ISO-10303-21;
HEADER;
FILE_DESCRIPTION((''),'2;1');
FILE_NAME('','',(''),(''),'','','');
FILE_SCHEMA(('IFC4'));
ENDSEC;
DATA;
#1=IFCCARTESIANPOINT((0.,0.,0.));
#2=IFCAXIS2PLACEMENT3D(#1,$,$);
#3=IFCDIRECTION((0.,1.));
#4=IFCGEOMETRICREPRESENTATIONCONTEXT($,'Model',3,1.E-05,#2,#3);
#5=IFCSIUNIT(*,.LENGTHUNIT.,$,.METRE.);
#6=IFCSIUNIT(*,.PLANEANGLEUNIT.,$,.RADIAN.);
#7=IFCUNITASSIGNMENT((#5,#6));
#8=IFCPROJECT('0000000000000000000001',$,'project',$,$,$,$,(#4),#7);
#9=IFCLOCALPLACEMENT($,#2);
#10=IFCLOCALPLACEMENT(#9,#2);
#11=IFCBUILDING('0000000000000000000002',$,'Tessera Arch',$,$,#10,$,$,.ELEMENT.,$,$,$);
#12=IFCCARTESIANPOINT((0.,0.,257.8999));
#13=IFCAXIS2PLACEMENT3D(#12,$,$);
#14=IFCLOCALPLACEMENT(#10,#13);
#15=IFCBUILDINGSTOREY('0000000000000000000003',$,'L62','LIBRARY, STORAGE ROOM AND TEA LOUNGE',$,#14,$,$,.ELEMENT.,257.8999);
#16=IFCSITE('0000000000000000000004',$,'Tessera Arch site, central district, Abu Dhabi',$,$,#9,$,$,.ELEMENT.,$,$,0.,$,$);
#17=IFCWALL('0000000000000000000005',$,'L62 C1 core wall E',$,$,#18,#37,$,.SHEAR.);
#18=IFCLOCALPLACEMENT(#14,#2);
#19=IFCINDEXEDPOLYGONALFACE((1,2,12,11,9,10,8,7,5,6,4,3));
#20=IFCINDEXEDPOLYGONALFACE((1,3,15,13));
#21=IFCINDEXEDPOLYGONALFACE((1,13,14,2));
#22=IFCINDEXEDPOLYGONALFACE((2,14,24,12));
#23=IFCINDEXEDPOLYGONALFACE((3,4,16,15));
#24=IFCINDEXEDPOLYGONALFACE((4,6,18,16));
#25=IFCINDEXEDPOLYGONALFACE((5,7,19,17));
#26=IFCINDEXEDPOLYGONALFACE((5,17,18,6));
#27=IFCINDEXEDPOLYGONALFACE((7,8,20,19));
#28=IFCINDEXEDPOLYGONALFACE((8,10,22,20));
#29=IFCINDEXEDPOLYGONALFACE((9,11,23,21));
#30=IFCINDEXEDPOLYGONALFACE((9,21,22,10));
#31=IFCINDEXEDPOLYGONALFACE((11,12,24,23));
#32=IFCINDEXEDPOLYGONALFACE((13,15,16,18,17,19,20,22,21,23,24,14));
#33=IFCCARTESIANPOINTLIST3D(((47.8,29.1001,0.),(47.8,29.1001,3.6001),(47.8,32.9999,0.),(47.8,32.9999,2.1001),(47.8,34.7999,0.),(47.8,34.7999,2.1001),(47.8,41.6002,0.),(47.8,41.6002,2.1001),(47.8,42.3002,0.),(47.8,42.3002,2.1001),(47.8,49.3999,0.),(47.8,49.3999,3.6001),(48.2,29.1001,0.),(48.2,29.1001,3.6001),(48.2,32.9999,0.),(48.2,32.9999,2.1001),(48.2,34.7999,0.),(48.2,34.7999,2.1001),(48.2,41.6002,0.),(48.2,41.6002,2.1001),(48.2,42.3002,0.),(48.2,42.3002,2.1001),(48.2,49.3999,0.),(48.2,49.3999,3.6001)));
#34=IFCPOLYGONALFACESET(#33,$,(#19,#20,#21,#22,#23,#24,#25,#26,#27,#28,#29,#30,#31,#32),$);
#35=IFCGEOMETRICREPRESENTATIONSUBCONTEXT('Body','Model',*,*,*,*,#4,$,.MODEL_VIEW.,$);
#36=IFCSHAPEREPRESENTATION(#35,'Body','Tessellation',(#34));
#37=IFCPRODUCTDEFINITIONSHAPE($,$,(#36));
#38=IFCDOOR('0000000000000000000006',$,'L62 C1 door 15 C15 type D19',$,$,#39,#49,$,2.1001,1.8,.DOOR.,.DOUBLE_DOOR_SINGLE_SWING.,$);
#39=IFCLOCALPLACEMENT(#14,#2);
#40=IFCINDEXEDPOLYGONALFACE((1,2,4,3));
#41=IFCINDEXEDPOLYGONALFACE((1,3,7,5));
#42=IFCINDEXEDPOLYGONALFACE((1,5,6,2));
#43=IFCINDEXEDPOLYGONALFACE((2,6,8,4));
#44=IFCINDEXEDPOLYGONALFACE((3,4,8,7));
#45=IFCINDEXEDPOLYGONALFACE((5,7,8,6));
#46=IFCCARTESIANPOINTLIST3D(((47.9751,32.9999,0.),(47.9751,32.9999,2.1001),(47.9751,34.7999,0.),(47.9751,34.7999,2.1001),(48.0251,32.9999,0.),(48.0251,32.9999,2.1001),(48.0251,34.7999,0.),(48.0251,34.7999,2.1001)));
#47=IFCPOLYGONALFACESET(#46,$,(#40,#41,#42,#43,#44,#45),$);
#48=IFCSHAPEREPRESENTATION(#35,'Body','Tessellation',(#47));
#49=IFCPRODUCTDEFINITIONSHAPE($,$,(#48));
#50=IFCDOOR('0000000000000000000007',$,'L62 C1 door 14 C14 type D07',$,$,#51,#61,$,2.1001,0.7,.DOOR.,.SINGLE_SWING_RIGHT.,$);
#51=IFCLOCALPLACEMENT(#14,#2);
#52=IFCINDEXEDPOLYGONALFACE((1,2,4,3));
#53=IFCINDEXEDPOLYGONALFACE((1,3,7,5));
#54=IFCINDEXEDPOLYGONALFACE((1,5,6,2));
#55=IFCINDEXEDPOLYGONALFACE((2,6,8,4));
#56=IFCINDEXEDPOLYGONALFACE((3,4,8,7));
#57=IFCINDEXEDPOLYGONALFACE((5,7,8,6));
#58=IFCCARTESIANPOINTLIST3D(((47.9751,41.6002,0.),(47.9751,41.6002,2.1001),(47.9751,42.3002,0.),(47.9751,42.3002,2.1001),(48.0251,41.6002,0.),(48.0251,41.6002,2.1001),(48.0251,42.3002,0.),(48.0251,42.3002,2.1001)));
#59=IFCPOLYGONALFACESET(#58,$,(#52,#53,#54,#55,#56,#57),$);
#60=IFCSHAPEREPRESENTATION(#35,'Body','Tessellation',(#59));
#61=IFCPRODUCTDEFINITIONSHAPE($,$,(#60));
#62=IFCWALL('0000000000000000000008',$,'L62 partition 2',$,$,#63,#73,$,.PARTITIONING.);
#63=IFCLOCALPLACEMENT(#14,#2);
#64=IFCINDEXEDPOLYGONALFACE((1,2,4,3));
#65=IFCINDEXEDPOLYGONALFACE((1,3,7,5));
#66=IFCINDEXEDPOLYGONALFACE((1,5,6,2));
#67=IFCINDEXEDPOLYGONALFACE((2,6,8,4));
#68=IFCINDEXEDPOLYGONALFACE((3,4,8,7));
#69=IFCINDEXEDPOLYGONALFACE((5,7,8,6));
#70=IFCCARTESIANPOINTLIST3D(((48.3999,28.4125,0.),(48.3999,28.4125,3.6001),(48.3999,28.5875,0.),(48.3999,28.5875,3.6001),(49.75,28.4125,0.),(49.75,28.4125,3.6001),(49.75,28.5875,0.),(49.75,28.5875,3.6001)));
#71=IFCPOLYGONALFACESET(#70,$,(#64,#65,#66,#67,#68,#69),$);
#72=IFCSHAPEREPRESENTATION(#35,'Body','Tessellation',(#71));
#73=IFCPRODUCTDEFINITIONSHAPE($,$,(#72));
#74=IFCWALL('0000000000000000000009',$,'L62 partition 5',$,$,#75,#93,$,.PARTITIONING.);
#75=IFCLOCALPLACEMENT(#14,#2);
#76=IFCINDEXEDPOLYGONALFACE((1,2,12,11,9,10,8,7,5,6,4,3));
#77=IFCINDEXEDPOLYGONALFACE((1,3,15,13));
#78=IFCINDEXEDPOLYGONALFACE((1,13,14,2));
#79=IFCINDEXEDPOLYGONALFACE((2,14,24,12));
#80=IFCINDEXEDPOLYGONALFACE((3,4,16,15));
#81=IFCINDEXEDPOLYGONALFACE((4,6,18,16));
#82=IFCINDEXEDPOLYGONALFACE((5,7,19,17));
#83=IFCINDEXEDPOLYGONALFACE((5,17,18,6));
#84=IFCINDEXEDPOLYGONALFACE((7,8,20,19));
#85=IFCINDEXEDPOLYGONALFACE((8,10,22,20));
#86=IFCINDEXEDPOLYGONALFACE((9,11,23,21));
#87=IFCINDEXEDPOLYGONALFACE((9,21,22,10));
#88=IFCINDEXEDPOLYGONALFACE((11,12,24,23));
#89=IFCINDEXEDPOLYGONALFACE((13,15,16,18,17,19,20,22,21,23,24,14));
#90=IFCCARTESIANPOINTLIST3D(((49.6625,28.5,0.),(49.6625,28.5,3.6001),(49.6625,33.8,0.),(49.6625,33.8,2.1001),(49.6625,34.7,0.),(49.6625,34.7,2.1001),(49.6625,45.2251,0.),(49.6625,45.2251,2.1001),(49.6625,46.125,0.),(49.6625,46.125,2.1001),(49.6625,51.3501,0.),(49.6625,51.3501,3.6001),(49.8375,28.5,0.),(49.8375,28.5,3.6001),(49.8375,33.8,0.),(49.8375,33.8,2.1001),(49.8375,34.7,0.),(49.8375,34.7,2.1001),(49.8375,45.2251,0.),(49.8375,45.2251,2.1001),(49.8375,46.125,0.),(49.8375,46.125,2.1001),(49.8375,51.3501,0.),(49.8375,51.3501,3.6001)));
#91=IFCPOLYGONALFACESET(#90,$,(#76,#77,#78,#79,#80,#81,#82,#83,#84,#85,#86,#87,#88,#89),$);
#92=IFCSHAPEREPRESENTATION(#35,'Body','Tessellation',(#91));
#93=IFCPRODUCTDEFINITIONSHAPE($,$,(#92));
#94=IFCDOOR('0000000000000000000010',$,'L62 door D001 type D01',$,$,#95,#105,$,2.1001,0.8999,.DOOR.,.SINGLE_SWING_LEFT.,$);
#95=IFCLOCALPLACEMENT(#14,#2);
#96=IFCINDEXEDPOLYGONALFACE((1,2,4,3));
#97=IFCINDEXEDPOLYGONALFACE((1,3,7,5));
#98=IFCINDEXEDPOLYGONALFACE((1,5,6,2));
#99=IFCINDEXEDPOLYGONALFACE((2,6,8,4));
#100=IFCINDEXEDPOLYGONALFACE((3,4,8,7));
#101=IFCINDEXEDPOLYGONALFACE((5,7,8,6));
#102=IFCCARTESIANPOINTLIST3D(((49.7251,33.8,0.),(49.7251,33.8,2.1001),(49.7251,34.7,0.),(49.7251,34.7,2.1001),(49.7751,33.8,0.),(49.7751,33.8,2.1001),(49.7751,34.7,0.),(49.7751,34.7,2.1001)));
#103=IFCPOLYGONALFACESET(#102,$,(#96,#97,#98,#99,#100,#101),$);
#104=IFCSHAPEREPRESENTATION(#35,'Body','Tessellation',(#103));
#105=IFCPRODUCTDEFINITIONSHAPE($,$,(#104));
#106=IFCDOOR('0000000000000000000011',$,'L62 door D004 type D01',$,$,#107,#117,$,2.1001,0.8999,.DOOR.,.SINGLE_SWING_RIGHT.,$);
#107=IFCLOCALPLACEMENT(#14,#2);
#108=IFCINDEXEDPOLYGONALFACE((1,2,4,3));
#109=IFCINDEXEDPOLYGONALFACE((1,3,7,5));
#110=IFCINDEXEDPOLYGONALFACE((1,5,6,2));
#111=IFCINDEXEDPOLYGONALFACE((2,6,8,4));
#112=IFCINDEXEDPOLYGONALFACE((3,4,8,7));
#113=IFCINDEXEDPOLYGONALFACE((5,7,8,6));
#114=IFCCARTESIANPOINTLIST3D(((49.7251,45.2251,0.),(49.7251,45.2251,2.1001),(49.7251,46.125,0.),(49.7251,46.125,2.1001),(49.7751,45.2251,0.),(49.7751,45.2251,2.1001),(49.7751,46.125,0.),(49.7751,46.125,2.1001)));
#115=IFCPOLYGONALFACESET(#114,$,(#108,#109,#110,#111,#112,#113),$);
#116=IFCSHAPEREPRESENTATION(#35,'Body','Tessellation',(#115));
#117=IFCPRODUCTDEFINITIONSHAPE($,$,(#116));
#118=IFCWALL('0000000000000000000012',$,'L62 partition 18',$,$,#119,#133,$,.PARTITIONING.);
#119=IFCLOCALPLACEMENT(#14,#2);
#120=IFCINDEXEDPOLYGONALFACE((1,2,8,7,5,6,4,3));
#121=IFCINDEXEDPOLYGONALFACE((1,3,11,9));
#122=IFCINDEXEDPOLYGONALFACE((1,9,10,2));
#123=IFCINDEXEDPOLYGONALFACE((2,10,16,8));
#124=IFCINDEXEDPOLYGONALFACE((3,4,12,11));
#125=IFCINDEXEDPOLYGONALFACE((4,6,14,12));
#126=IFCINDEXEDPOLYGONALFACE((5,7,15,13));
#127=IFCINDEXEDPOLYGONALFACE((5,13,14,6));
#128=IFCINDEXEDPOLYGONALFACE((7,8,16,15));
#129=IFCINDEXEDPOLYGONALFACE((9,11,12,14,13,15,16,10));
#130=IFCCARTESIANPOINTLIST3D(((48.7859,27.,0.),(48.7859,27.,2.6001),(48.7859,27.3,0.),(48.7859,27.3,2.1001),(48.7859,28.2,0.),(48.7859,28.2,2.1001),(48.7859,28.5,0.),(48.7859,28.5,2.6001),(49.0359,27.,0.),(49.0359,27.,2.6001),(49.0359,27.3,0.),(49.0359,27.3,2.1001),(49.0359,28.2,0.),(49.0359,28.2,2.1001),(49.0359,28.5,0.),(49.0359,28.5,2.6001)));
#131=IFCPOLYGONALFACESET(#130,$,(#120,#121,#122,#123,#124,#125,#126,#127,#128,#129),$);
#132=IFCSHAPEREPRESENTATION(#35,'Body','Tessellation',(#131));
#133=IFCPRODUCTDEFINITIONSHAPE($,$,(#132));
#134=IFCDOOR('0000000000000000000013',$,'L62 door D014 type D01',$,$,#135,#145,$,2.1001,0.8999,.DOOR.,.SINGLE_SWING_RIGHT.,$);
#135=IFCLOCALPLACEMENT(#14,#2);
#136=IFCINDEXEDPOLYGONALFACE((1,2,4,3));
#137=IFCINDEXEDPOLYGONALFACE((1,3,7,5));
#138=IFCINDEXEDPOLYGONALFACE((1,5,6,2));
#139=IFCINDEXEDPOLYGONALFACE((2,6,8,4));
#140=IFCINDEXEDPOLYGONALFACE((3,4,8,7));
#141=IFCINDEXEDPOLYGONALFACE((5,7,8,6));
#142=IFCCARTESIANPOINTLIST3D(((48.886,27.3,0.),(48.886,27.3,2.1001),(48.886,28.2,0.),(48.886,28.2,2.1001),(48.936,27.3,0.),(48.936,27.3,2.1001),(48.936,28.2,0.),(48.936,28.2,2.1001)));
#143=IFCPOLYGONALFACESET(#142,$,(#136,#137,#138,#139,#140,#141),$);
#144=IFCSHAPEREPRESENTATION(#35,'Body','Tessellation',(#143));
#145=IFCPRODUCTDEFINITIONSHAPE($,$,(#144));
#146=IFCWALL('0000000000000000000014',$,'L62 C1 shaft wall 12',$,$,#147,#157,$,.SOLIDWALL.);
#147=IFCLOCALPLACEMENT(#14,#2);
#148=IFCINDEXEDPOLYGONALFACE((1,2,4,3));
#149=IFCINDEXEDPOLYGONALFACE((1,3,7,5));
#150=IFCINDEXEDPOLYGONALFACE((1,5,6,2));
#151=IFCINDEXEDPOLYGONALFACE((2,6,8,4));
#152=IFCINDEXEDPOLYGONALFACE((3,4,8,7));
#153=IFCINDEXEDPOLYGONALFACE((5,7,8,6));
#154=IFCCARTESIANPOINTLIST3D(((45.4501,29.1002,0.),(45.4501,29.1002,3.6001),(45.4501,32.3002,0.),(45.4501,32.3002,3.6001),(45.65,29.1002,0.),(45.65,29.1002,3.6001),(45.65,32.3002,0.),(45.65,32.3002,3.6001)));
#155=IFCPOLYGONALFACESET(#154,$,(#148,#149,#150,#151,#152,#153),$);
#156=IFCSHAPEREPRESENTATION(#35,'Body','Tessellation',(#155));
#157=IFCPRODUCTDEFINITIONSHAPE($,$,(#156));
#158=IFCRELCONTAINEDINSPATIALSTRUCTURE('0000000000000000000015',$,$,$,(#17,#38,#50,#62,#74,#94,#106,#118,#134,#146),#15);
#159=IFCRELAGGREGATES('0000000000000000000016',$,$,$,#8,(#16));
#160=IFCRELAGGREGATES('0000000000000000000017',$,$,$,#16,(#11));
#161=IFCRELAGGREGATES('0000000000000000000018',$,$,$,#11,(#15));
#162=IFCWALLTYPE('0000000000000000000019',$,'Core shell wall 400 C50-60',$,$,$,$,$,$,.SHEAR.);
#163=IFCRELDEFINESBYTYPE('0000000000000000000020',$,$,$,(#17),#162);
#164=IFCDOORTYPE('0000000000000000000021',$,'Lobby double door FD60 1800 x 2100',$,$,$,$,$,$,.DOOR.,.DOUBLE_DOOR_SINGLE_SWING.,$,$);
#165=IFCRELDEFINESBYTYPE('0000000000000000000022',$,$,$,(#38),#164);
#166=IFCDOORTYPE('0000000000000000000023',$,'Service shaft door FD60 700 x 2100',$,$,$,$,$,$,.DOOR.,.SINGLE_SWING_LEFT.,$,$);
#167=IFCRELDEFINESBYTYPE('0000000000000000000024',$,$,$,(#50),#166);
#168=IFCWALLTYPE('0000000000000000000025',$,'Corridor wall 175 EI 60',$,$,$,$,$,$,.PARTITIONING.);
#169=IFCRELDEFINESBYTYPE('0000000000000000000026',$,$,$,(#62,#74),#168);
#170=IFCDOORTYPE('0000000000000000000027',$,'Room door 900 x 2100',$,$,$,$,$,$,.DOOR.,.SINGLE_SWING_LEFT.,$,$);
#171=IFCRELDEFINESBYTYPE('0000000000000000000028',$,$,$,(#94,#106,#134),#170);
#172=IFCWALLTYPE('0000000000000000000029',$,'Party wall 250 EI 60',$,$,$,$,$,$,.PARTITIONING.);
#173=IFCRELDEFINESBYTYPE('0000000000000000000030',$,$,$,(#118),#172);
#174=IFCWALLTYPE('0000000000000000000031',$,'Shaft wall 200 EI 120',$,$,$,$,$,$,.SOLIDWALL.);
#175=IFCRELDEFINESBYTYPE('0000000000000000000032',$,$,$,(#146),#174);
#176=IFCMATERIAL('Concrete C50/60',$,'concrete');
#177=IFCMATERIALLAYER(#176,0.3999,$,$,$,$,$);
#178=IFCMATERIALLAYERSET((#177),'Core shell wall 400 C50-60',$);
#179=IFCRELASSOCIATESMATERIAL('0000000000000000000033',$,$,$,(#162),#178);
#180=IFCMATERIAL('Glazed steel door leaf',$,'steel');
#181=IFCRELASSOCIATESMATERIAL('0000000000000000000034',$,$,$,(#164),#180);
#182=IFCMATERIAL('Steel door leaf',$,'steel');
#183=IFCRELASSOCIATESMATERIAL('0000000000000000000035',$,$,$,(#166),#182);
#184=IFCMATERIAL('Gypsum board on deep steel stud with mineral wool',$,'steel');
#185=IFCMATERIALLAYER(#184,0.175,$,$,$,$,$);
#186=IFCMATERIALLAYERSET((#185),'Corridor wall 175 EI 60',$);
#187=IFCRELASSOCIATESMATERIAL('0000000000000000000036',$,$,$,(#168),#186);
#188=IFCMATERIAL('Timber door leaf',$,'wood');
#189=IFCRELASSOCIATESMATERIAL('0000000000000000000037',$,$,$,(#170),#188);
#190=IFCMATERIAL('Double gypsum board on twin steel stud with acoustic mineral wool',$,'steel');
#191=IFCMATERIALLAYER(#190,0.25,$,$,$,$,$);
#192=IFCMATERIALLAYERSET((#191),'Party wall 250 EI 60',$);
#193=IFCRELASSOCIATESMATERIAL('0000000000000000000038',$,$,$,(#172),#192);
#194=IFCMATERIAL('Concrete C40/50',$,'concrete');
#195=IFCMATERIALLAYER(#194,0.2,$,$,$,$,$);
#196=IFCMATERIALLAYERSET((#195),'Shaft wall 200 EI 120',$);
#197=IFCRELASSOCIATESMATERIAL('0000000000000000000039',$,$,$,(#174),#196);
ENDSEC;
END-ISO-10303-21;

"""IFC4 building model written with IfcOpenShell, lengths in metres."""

from ifc_helpers import new_model, si_unit, direction, frame, frame_2d, origin, place, context, subcontext, project, spatial, rectangle, extrude, material, layer, layer_set, type_object, element, fill, save


model = new_model("IFC4")

# Units and contexts
model_context = context("Model", 3, precision=1e-05, world=origin(), true_north=direction((0.0, 1.0)))
body_context = subcontext(model_context, "Body", "Model", "MODEL_VIEW")
ifc_project = project(units=[si_unit("LENGTHUNIT", "METRE"), si_unit("PLANEANGLEUNIT", "RADIAN")], contexts=[model_context])

# Site, building, storey
site_placement = place(None, origin())
site = spatial("IfcSite", under=ifc_project, at=site_placement, Name="Tessera Arch site, central district, Abu Dhabi", CompositionType="ELEMENT", RefElevation=0.0)
building_placement = place(site_placement, origin())
building = spatial("IfcBuilding", under=site, at=building_placement, Name="Tessera Arch", CompositionType="ELEMENT")
storey_placement = place(building_placement, frame((0.0, 0.0, 257.8999)))
storey = spatial("IfcBuildingStorey", under=building, at=storey_placement, Name="L62", Description="LIBRARY, STORAGE ROOM AND TEA LOUNGE", CompositionType="ELEMENT", Elevation=257.8999)

# Wall, openings, doors
ifc_material_1 = material(Name="Concrete C50/60", Category="concrete")
ifc_layer_1 = layer(ifc_material_1, 0.3999)
ifc_layer_set_1 = layer_set([ifc_layer_1], Name="Core shell wall 400 C50-60")
wall_type_1 = type_object("IfcWallType", Name="Core shell wall 400 C50-60", PredefinedType="SHEAR", material=ifc_layer_set_1)
wall_1_placement = place(storey_placement, frame((48.0, 29.1001, 0.0), z_axis=(0.0, 0.0, 1.0), x_axis=(0.0, 1.0, 0.0)))
wall_1 = element("IfcWall", 1, at=wall_1_placement, inside=storey, type_object=wall_type_1, Name="L62 C1 core wall E", PredefinedType="SHEAR", context=body_context, shape_type="SweptSolid", body=[
    extrude(rectangle(XDim=20.2998, YDim=0.3999, at=frame_2d((10.1499, 0.0))), origin(), (0.0, 0.0, 1.0), 3.6001),
])
opening_1_placement = place(wall_1_placement, frame((12.5, 0.0, 0.0)))
opening_1 = element("IfcOpeningElement", 2, at=opening_1_placement, cuts=wall_1, PredefinedType="OPENING", context=body_context, shape_type="SweptSolid", body=[
    extrude(rectangle(XDim=0.7, YDim=2.1001, at=frame_2d((0.3501, 1.05))), frame((0.0, 0.21, 0.0), z_axis=(0.0, -1.0, 0.0), x_axis=(1.0, 0.0, 0.0)), (0.0, 0.0, 1.0), 0.4199),
])
opening_2_placement = place(wall_1_placement, frame((3.8999, 0.0, 0.0)))
opening_2 = element("IfcOpeningElement", 3, at=opening_2_placement, cuts=wall_1, PredefinedType="OPENING", context=body_context, shape_type="SweptSolid", body=[
    extrude(rectangle(XDim=1.8, YDim=2.1001, at=frame_2d((0.8999, 1.05))), frame((0.0, 0.21, 0.0), z_axis=(0.0, -1.0, 0.0), x_axis=(1.0, 0.0, 0.0)), (0.0, 0.0, 1.0), 0.4199),
])
ifc_material_2 = material(Name="Glazed steel door leaf", Category="steel")
door_type_1 = type_object("IfcDoorType", Name="Lobby double door FD60 1800 x 2100", OperationType="DOUBLE_DOOR_SINGLE_SWING", PredefinedType="DOOR", material=ifc_material_2)
door_1_placement = place(opening_2_placement, origin())
door_1 = element("IfcDoor", 4, at=door_1_placement, inside=storey, type_object=door_type_1, Name="L62 C1 door 15 C15 type D19", OperationType="DOUBLE_DOOR_SINGLE_SWING", OverallHeight=2.1001, OverallWidth=1.8, PredefinedType="DOOR", context=body_context, shape_type="SweptSolid", body=[
    extrude(rectangle(XDim=1.8, YDim=2.1001, at=frame_2d((0.8999, 1.05))), frame((0.0, 0.0249, 0.0), z_axis=(0.0, -1.0, 0.0), x_axis=(1.0, 0.0, 0.0)), (0.0, 0.0, 1.0), 0.05),
])
fill(opening_2, door_1)
ifc_material_3 = material(Name="Steel door leaf", Category="steel")
door_type_2 = type_object("IfcDoorType", Name="Service shaft door FD60 700 x 2100", OperationType="SINGLE_SWING_LEFT", PredefinedType="DOOR", material=ifc_material_3)
door_2_placement = place(opening_1_placement, origin())
door_2 = element("IfcDoor", 5, at=door_2_placement, inside=storey, type_object=door_type_2, Name="L62 C1 door 14 C14 type D07", OperationType="SINGLE_SWING_RIGHT", OverallHeight=2.1001, OverallWidth=0.7, PredefinedType="DOOR", context=body_context, shape_type="SweptSolid", body=[
    extrude(rectangle(XDim=0.7, YDim=2.1001, at=frame_2d((0.3501, 1.05))), frame((0.0, 0.0249, 0.0), z_axis=(0.0, -1.0, 0.0), x_axis=(1.0, 0.0, 0.0)), (0.0, 0.0, 1.0), 0.05),
])
fill(opening_1, door_2)

# Wall
ifc_material_4 = material(Name="Gypsum board on deep steel stud with mineral wool", Category="steel")
ifc_layer_2 = layer(ifc_material_4, 0.175)
ifc_layer_set_2 = layer_set([ifc_layer_2], Name="Corridor wall 175 EI 60")
wall_type_2 = type_object("IfcWallType", Name="Corridor wall 175 EI 60", PredefinedType="PARTITIONING", material=ifc_layer_set_2)
wall_2_placement = place(storey_placement, frame((48.3999, 28.5, 0.0), z_axis=(0.0, 0.0, 1.0), x_axis=(1.0, 0.0, 0.0)))
element("IfcWall", 6, at=wall_2_placement, inside=storey, type_object=wall_type_2, Name="L62 partition 2", PredefinedType="PARTITIONING", context=body_context, shape_type="SweptSolid", body=[
    extrude(rectangle(XDim=1.3501, YDim=0.175, at=frame_2d((0.675, 0.0))), origin(), (0.0, 0.0, 1.0), 3.6001),
])

# Wall, openings, doors
wall_3_placement = place(storey_placement, frame((49.75, 28.5, 0.0), z_axis=(0.0, 0.0, 1.0), x_axis=(0.0, 1.0, 0.0)))
wall_3 = element("IfcWall", 7, at=wall_3_placement, inside=storey, type_object=wall_type_2, Name="L62 partition 5", PredefinedType="PARTITIONING", context=body_context, shape_type="SweptSolid", body=[
    extrude(rectangle(XDim=22.8501, YDim=0.175, at=frame_2d((11.425, 0.0))), origin(), (0.0, 0.0, 1.0), 3.6001),
])
opening_3_placement = place(wall_3_placement, frame((5.3, 0.0, 0.0)))
opening_3 = element("IfcOpeningElement", 8, at=opening_3_placement, cuts=wall_3, PredefinedType="OPENING", context=body_context, shape_type="SweptSolid", body=[
    extrude(rectangle(XDim=0.8999, YDim=2.1001, at=frame_2d((0.45, 1.05))), frame((0.0, 0.0974, 0.0), z_axis=(0.0, -1.0, 0.0), x_axis=(1.0, 0.0, 0.0)), (0.0, 0.0, 1.0), 0.1951),
])
opening_4_placement = place(wall_3_placement, frame((16.7251, 0.0, 0.0)))
opening_4 = element("IfcOpeningElement", 9, at=opening_4_placement, cuts=wall_3, PredefinedType="OPENING", context=body_context, shape_type="SweptSolid", body=[
    extrude(rectangle(XDim=0.8999, YDim=2.1001, at=frame_2d((0.45, 1.05))), frame((0.0, 0.0974, 0.0), z_axis=(0.0, -1.0, 0.0), x_axis=(1.0, 0.0, 0.0)), (0.0, 0.0, 1.0), 0.1951),
])
ifc_material_5 = material(Name="Timber door leaf", Category="wood")
door_type_3 = type_object("IfcDoorType", Name="Room door 900 x 2100", OperationType="SINGLE_SWING_LEFT", PredefinedType="DOOR", material=ifc_material_5)
door_3_placement = place(opening_3_placement, origin())
door_3 = element("IfcDoor", 10, at=door_3_placement, inside=storey, type_object=door_type_3, Name="L62 door D001 type D01", OperationType="SINGLE_SWING_LEFT", OverallHeight=2.1001, OverallWidth=0.8999, PredefinedType="DOOR", context=body_context, shape_type="SweptSolid", body=[
    extrude(rectangle(XDim=0.8999, YDim=2.1001, at=frame_2d((0.45, 1.05))), frame((0.0, 0.0249, 0.0), z_axis=(0.0, -1.0, 0.0), x_axis=(1.0, 0.0, 0.0)), (0.0, 0.0, 1.0), 0.05),
])
fill(opening_3, door_3)
door_4_placement = place(opening_4_placement, origin())
door_4 = element("IfcDoor", 11, at=door_4_placement, inside=storey, type_object=door_type_3, Name="L62 door D004 type D01", OperationType="SINGLE_SWING_RIGHT", OverallHeight=2.1001, OverallWidth=0.8999, PredefinedType="DOOR", context=body_context, shape_type="SweptSolid", body=[
    extrude(rectangle(XDim=0.8999, YDim=2.1001, at=frame_2d((0.45, 1.05))), frame((0.0, 0.0249, 0.0), z_axis=(0.0, -1.0, 0.0), x_axis=(1.0, 0.0, 0.0)), (0.0, 0.0, 1.0), 0.05),
])
fill(opening_4, door_4)

# Wall, opening, door
ifc_material_6 = material(Name="Double gypsum board on twin steel stud with acoustic mineral wool", Category="steel")
ifc_layer_3 = layer(ifc_material_6, 0.25)
ifc_layer_set_3 = layer_set([ifc_layer_3], Name="Party wall 250 EI 60")
wall_type_3 = type_object("IfcWallType", Name="Party wall 250 EI 60", PredefinedType="PARTITIONING", material=ifc_layer_set_3)
wall_4_placement = place(storey_placement, frame((48.9109, 27.0, 0.0), z_axis=(0.0, 0.0, 1.0), x_axis=(0.0, 1.0, 0.0)))
wall_4 = element("IfcWall", 12, at=wall_4_placement, inside=storey, type_object=wall_type_3, Name="L62 partition 18", PredefinedType="PARTITIONING", context=body_context, shape_type="SweptSolid", body=[
    extrude(rectangle(XDim=1.5, YDim=0.25, at=frame_2d((0.75, 0.0))), origin(), (0.0, 0.0, 1.0), 2.6001),
])
opening_5_placement = place(wall_4_placement, frame((0.3, 0.0, 0.0)))
opening_5 = element("IfcOpeningElement", 13, at=opening_5_placement, cuts=wall_4, PredefinedType="OPENING", context=body_context, shape_type="SweptSolid", body=[
    extrude(rectangle(XDim=0.8999, YDim=2.1001, at=frame_2d((0.45, 1.05))), frame((0.0, 0.135, 0.0), z_axis=(0.0, -1.0, 0.0), x_axis=(1.0, 0.0, 0.0)), (0.0, 0.0, 1.0), 0.27),
])
door_5_placement = place(opening_5_placement, origin())
door_5 = element("IfcDoor", 14, at=door_5_placement, inside=storey, type_object=door_type_3, Name="L62 door D014 type D01", OperationType="SINGLE_SWING_RIGHT", OverallHeight=2.1001, OverallWidth=0.8999, PredefinedType="DOOR", context=body_context, shape_type="SweptSolid", body=[
    extrude(rectangle(XDim=0.8999, YDim=2.1001, at=frame_2d((0.45, 1.05))), frame((0.0, 0.0249, 0.0), z_axis=(0.0, -1.0, 0.0), x_axis=(1.0, 0.0, 0.0)), (0.0, 0.0, 1.0), 0.05),
])
fill(opening_5, door_5)

# Wall
ifc_material_7 = material(Name="Concrete C40/50", Category="concrete")
ifc_layer_4 = layer(ifc_material_7, 0.2)
ifc_layer_set_4 = layer_set([ifc_layer_4], Name="Shaft wall 200 EI 120")
wall_type_4 = type_object("IfcWallType", Name="Shaft wall 200 EI 120", PredefinedType="SOLIDWALL", material=ifc_layer_set_4)
for number, where, z_axis, x_axis, name in (
    (15, (45.55, 29.1001, 0.0), (0.0, 0.0, 1.0), (0.0, 1.0, 0.0), "L62 C1 shaft wall 12"),
):
    element("IfcWall", number, at=place(storey_placement, frame(where, z_axis=z_axis, x_axis=x_axis)), inside=storey, type_object=wall_type_4, Name=name, PredefinedType="SOLIDWALL", context=body_context, shape_type="SweptSolid", body=[
        extrude(rectangle(XDim=3.2, YDim=0.2, at=frame_2d((1.6001, 0.0))), origin(), (0.0, 0.0, 1.0), 3.6001),
    ])

save(model, "model.ifc")
